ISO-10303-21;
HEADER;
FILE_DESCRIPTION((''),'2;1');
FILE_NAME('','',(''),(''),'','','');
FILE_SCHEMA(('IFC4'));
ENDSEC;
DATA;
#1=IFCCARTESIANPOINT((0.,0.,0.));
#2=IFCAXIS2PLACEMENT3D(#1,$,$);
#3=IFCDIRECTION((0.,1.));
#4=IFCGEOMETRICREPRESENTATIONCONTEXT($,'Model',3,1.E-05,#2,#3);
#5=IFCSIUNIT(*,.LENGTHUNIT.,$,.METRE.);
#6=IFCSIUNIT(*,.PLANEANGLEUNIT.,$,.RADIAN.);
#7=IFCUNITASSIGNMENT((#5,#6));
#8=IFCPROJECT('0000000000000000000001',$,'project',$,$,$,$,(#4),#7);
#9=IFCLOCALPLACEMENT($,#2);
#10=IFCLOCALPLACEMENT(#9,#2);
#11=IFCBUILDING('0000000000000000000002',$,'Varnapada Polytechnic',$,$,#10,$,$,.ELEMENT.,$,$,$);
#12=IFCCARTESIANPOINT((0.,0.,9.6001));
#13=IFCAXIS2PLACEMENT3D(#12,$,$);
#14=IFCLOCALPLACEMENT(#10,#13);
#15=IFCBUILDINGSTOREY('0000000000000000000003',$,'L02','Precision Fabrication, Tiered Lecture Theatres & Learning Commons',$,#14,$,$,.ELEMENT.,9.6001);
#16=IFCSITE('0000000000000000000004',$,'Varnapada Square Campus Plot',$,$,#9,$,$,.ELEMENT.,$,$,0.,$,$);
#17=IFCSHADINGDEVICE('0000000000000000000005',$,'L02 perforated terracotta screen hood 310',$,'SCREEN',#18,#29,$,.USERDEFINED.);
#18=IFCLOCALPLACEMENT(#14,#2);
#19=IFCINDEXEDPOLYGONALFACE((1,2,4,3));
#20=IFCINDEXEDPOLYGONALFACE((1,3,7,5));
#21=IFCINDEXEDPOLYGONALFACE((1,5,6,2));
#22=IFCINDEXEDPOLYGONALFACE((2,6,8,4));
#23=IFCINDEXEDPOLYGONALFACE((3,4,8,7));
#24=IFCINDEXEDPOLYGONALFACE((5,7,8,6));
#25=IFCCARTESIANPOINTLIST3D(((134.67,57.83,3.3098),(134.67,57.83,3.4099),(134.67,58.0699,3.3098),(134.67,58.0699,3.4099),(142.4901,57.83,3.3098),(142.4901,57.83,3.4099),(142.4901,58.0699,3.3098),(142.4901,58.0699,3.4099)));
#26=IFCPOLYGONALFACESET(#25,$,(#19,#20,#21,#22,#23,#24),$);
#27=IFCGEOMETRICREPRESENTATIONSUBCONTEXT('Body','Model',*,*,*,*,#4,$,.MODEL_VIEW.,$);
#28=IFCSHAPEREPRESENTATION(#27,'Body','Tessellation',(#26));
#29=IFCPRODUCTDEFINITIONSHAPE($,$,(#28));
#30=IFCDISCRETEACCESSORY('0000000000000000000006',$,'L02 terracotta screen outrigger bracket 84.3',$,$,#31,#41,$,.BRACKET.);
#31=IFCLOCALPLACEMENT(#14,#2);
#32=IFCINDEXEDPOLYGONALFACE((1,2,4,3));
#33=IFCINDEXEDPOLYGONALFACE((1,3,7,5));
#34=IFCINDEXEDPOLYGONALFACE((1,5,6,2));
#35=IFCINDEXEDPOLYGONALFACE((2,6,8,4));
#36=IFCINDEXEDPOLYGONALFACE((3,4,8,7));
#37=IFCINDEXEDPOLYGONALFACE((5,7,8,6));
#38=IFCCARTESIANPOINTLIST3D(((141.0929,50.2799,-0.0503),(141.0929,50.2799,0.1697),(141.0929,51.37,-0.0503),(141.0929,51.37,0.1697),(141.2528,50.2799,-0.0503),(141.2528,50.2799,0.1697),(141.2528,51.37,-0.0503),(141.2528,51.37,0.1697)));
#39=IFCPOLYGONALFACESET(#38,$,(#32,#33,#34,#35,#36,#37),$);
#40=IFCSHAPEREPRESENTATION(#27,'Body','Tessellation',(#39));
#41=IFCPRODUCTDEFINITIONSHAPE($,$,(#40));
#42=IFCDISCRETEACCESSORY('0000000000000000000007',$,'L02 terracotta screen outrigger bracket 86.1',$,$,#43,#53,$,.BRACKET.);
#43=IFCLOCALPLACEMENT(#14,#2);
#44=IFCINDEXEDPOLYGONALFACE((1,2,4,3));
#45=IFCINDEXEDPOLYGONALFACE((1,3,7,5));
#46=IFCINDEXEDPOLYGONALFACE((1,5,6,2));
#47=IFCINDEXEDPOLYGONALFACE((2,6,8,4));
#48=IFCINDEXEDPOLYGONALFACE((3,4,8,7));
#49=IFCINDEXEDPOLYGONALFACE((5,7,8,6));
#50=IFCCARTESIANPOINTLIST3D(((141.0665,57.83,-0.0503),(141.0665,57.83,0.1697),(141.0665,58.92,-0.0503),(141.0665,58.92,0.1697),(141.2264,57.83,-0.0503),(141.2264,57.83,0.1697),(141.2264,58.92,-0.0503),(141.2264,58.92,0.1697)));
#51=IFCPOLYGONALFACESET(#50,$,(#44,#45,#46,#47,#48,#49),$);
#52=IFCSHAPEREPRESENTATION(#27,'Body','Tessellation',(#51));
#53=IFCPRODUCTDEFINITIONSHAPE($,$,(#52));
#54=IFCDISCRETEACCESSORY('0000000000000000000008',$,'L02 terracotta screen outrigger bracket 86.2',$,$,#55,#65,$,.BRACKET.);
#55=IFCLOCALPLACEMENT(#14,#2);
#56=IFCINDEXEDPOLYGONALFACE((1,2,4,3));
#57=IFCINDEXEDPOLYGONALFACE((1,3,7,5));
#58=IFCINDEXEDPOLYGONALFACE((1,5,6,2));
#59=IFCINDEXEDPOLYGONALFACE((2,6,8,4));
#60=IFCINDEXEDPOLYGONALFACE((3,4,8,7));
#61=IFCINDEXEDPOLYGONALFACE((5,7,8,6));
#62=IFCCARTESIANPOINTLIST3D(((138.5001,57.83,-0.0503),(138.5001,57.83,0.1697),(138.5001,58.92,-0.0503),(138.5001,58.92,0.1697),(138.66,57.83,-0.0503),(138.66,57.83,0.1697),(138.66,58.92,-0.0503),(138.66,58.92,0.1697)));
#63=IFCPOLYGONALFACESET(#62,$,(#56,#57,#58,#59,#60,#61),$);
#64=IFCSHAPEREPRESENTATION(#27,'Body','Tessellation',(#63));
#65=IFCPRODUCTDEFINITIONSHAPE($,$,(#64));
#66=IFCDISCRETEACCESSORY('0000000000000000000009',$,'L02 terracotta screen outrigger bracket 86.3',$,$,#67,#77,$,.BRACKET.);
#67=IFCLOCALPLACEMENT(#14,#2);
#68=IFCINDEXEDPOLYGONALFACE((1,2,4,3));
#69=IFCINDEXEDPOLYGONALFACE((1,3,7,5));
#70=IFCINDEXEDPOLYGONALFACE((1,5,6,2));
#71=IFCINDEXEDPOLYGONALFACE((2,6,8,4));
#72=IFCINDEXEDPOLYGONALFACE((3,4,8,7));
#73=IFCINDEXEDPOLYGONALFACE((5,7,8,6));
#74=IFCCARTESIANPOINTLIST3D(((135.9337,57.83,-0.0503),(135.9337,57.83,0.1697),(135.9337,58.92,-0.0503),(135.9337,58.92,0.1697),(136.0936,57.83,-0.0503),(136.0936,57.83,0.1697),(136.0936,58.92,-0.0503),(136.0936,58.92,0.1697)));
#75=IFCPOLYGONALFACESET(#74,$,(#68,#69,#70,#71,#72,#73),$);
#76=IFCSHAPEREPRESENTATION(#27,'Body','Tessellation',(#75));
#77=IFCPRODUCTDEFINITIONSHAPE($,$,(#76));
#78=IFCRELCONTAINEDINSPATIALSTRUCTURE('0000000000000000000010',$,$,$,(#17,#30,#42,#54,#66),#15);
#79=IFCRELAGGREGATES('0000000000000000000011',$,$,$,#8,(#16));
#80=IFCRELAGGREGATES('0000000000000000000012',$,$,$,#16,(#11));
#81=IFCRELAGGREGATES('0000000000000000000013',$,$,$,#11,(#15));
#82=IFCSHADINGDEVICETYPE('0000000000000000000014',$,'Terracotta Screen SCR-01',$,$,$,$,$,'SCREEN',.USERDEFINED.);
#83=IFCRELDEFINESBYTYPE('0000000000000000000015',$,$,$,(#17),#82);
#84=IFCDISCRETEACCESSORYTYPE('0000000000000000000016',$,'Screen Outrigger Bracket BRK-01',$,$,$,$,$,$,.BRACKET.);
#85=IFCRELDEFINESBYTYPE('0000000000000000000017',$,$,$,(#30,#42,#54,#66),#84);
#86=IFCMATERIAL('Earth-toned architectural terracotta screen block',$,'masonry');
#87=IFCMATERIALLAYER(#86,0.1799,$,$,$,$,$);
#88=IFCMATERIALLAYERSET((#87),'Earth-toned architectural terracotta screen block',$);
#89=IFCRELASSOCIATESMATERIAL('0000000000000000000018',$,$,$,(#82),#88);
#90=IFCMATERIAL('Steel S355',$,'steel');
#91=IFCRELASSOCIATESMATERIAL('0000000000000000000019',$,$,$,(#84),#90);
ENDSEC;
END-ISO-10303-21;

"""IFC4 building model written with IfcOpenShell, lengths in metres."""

from ifc_helpers import new_model, si_unit, direction, frame, origin, origin_2d, place, context, subcontext, project, spatial, rectangle, extrude, material, layer, layer_set, type_object, element, save


model = new_model("IFC4")

# Units and contexts
model_context = context("Model", 3, precision=1e-05, world=origin(), true_north=direction((0.0, 1.0)))
body_context = subcontext(model_context, "Body", "Model", "MODEL_VIEW")
ifc_project = project(units=[si_unit("LENGTHUNIT", "METRE"), si_unit("PLANEANGLEUNIT", "RADIAN")], contexts=[model_context])

# Site, building, storey
site_placement = place(None, origin())
site = spatial("IfcSite", under=ifc_project, at=site_placement, Name="Varnapada Square Campus Plot", CompositionType="ELEMENT", RefElevation=0.0)
building_placement = place(site_placement, origin())
building = spatial("IfcBuilding", under=site, at=building_placement, Name="Varnapada Polytechnic", CompositionType="ELEMENT")
storey_placement = place(building_placement, frame((0.0, 0.0, 9.6001)))
storey = spatial("IfcBuildingStorey", under=building, at=storey_placement, Name="L02", Description="Precision Fabrication, Tiered Lecture Theatres & Learning Commons", CompositionType="ELEMENT", Elevation=9.6001)

# Shared definitions
ifc_material_1 = material(Name="Earth-toned architectural terracotta screen block", Category="masonry")

# Shading device
ifc_layer_1 = layer(ifc_material_1, 0.1799)
ifc_layer_set_1 = layer_set([ifc_layer_1], Name="Earth-toned architectural terracotta screen block")
shading_device_type = type_object("IfcShadingDeviceType", Name="Terracotta Screen SCR-01", ElementType="SCREEN", PredefinedType="USERDEFINED", material=ifc_layer_set_1)
shading_device_1_placement = place(storey_placement, frame((138.5801, 57.95, 3.3098), z_axis=(0.0, 0.0, 1.0), x_axis=(-1.0, 0.0, 0.0)))
element("IfcShadingDevice", 1, at=shading_device_1_placement, inside=storey, type_object=shading_device_type, Name="L02 perforated terracotta screen hood 310", ObjectType="SCREEN", PredefinedType="USERDEFINED", context=body_context, shape_type="SweptSolid", body=[
    extrude(rectangle(XDim=7.8201, YDim=0.24, at=origin_2d()), origin(), (0.0, 0.0, 1.0), 0.1001),
])

# Discrete accessories
ifc_material_2 = material(Name="Steel S355", Category="steel")
discrete_accessory_type = type_object("IfcDiscreteAccessoryType", Name="Screen Outrigger Bracket BRK-01", PredefinedType="BRACKET", material=ifc_material_2)
for number, where, z_axis, x_axis, name in (
    (2, (141.1729, 50.825, -0.0503), (0.0, 0.0, 1.0), (1.0, 0.0, 0.0), "L02 terracotta screen outrigger bracket 84.3"),
    (3, (141.1465, 58.375, -0.0503), (0.0, 0.0, 1.0), (-1.0, 0.0, 0.0), "L02 terracotta screen outrigger bracket 86.1"),
    (4, (138.5801, 58.375, -0.0503), (0.0, 0.0, 1.0), (-1.0, 0.0, 0.0), "L02 terracotta screen outrigger bracket 86.2"),
    (5, (136.0137, 58.375, -0.0503), (0.0, 0.0, 1.0), (-1.0, 0.0, 0.0), "L02 terracotta screen outrigger bracket 86.3"),
):
    element("IfcDiscreteAccessory", number, at=place(storey_placement, frame(where, z_axis=z_axis, x_axis=x_axis)), inside=storey, type_object=discrete_accessory_type, Name=name, PredefinedType="BRACKET", context=body_context, shape_type="SweptSolid", body=[
        extrude(rectangle(XDim=0.1599, YDim=1.0901, at=origin_2d()), origin(), (0.0, 0.0, 1.0), 0.22),
    ])

save(model, "model.ifc")
